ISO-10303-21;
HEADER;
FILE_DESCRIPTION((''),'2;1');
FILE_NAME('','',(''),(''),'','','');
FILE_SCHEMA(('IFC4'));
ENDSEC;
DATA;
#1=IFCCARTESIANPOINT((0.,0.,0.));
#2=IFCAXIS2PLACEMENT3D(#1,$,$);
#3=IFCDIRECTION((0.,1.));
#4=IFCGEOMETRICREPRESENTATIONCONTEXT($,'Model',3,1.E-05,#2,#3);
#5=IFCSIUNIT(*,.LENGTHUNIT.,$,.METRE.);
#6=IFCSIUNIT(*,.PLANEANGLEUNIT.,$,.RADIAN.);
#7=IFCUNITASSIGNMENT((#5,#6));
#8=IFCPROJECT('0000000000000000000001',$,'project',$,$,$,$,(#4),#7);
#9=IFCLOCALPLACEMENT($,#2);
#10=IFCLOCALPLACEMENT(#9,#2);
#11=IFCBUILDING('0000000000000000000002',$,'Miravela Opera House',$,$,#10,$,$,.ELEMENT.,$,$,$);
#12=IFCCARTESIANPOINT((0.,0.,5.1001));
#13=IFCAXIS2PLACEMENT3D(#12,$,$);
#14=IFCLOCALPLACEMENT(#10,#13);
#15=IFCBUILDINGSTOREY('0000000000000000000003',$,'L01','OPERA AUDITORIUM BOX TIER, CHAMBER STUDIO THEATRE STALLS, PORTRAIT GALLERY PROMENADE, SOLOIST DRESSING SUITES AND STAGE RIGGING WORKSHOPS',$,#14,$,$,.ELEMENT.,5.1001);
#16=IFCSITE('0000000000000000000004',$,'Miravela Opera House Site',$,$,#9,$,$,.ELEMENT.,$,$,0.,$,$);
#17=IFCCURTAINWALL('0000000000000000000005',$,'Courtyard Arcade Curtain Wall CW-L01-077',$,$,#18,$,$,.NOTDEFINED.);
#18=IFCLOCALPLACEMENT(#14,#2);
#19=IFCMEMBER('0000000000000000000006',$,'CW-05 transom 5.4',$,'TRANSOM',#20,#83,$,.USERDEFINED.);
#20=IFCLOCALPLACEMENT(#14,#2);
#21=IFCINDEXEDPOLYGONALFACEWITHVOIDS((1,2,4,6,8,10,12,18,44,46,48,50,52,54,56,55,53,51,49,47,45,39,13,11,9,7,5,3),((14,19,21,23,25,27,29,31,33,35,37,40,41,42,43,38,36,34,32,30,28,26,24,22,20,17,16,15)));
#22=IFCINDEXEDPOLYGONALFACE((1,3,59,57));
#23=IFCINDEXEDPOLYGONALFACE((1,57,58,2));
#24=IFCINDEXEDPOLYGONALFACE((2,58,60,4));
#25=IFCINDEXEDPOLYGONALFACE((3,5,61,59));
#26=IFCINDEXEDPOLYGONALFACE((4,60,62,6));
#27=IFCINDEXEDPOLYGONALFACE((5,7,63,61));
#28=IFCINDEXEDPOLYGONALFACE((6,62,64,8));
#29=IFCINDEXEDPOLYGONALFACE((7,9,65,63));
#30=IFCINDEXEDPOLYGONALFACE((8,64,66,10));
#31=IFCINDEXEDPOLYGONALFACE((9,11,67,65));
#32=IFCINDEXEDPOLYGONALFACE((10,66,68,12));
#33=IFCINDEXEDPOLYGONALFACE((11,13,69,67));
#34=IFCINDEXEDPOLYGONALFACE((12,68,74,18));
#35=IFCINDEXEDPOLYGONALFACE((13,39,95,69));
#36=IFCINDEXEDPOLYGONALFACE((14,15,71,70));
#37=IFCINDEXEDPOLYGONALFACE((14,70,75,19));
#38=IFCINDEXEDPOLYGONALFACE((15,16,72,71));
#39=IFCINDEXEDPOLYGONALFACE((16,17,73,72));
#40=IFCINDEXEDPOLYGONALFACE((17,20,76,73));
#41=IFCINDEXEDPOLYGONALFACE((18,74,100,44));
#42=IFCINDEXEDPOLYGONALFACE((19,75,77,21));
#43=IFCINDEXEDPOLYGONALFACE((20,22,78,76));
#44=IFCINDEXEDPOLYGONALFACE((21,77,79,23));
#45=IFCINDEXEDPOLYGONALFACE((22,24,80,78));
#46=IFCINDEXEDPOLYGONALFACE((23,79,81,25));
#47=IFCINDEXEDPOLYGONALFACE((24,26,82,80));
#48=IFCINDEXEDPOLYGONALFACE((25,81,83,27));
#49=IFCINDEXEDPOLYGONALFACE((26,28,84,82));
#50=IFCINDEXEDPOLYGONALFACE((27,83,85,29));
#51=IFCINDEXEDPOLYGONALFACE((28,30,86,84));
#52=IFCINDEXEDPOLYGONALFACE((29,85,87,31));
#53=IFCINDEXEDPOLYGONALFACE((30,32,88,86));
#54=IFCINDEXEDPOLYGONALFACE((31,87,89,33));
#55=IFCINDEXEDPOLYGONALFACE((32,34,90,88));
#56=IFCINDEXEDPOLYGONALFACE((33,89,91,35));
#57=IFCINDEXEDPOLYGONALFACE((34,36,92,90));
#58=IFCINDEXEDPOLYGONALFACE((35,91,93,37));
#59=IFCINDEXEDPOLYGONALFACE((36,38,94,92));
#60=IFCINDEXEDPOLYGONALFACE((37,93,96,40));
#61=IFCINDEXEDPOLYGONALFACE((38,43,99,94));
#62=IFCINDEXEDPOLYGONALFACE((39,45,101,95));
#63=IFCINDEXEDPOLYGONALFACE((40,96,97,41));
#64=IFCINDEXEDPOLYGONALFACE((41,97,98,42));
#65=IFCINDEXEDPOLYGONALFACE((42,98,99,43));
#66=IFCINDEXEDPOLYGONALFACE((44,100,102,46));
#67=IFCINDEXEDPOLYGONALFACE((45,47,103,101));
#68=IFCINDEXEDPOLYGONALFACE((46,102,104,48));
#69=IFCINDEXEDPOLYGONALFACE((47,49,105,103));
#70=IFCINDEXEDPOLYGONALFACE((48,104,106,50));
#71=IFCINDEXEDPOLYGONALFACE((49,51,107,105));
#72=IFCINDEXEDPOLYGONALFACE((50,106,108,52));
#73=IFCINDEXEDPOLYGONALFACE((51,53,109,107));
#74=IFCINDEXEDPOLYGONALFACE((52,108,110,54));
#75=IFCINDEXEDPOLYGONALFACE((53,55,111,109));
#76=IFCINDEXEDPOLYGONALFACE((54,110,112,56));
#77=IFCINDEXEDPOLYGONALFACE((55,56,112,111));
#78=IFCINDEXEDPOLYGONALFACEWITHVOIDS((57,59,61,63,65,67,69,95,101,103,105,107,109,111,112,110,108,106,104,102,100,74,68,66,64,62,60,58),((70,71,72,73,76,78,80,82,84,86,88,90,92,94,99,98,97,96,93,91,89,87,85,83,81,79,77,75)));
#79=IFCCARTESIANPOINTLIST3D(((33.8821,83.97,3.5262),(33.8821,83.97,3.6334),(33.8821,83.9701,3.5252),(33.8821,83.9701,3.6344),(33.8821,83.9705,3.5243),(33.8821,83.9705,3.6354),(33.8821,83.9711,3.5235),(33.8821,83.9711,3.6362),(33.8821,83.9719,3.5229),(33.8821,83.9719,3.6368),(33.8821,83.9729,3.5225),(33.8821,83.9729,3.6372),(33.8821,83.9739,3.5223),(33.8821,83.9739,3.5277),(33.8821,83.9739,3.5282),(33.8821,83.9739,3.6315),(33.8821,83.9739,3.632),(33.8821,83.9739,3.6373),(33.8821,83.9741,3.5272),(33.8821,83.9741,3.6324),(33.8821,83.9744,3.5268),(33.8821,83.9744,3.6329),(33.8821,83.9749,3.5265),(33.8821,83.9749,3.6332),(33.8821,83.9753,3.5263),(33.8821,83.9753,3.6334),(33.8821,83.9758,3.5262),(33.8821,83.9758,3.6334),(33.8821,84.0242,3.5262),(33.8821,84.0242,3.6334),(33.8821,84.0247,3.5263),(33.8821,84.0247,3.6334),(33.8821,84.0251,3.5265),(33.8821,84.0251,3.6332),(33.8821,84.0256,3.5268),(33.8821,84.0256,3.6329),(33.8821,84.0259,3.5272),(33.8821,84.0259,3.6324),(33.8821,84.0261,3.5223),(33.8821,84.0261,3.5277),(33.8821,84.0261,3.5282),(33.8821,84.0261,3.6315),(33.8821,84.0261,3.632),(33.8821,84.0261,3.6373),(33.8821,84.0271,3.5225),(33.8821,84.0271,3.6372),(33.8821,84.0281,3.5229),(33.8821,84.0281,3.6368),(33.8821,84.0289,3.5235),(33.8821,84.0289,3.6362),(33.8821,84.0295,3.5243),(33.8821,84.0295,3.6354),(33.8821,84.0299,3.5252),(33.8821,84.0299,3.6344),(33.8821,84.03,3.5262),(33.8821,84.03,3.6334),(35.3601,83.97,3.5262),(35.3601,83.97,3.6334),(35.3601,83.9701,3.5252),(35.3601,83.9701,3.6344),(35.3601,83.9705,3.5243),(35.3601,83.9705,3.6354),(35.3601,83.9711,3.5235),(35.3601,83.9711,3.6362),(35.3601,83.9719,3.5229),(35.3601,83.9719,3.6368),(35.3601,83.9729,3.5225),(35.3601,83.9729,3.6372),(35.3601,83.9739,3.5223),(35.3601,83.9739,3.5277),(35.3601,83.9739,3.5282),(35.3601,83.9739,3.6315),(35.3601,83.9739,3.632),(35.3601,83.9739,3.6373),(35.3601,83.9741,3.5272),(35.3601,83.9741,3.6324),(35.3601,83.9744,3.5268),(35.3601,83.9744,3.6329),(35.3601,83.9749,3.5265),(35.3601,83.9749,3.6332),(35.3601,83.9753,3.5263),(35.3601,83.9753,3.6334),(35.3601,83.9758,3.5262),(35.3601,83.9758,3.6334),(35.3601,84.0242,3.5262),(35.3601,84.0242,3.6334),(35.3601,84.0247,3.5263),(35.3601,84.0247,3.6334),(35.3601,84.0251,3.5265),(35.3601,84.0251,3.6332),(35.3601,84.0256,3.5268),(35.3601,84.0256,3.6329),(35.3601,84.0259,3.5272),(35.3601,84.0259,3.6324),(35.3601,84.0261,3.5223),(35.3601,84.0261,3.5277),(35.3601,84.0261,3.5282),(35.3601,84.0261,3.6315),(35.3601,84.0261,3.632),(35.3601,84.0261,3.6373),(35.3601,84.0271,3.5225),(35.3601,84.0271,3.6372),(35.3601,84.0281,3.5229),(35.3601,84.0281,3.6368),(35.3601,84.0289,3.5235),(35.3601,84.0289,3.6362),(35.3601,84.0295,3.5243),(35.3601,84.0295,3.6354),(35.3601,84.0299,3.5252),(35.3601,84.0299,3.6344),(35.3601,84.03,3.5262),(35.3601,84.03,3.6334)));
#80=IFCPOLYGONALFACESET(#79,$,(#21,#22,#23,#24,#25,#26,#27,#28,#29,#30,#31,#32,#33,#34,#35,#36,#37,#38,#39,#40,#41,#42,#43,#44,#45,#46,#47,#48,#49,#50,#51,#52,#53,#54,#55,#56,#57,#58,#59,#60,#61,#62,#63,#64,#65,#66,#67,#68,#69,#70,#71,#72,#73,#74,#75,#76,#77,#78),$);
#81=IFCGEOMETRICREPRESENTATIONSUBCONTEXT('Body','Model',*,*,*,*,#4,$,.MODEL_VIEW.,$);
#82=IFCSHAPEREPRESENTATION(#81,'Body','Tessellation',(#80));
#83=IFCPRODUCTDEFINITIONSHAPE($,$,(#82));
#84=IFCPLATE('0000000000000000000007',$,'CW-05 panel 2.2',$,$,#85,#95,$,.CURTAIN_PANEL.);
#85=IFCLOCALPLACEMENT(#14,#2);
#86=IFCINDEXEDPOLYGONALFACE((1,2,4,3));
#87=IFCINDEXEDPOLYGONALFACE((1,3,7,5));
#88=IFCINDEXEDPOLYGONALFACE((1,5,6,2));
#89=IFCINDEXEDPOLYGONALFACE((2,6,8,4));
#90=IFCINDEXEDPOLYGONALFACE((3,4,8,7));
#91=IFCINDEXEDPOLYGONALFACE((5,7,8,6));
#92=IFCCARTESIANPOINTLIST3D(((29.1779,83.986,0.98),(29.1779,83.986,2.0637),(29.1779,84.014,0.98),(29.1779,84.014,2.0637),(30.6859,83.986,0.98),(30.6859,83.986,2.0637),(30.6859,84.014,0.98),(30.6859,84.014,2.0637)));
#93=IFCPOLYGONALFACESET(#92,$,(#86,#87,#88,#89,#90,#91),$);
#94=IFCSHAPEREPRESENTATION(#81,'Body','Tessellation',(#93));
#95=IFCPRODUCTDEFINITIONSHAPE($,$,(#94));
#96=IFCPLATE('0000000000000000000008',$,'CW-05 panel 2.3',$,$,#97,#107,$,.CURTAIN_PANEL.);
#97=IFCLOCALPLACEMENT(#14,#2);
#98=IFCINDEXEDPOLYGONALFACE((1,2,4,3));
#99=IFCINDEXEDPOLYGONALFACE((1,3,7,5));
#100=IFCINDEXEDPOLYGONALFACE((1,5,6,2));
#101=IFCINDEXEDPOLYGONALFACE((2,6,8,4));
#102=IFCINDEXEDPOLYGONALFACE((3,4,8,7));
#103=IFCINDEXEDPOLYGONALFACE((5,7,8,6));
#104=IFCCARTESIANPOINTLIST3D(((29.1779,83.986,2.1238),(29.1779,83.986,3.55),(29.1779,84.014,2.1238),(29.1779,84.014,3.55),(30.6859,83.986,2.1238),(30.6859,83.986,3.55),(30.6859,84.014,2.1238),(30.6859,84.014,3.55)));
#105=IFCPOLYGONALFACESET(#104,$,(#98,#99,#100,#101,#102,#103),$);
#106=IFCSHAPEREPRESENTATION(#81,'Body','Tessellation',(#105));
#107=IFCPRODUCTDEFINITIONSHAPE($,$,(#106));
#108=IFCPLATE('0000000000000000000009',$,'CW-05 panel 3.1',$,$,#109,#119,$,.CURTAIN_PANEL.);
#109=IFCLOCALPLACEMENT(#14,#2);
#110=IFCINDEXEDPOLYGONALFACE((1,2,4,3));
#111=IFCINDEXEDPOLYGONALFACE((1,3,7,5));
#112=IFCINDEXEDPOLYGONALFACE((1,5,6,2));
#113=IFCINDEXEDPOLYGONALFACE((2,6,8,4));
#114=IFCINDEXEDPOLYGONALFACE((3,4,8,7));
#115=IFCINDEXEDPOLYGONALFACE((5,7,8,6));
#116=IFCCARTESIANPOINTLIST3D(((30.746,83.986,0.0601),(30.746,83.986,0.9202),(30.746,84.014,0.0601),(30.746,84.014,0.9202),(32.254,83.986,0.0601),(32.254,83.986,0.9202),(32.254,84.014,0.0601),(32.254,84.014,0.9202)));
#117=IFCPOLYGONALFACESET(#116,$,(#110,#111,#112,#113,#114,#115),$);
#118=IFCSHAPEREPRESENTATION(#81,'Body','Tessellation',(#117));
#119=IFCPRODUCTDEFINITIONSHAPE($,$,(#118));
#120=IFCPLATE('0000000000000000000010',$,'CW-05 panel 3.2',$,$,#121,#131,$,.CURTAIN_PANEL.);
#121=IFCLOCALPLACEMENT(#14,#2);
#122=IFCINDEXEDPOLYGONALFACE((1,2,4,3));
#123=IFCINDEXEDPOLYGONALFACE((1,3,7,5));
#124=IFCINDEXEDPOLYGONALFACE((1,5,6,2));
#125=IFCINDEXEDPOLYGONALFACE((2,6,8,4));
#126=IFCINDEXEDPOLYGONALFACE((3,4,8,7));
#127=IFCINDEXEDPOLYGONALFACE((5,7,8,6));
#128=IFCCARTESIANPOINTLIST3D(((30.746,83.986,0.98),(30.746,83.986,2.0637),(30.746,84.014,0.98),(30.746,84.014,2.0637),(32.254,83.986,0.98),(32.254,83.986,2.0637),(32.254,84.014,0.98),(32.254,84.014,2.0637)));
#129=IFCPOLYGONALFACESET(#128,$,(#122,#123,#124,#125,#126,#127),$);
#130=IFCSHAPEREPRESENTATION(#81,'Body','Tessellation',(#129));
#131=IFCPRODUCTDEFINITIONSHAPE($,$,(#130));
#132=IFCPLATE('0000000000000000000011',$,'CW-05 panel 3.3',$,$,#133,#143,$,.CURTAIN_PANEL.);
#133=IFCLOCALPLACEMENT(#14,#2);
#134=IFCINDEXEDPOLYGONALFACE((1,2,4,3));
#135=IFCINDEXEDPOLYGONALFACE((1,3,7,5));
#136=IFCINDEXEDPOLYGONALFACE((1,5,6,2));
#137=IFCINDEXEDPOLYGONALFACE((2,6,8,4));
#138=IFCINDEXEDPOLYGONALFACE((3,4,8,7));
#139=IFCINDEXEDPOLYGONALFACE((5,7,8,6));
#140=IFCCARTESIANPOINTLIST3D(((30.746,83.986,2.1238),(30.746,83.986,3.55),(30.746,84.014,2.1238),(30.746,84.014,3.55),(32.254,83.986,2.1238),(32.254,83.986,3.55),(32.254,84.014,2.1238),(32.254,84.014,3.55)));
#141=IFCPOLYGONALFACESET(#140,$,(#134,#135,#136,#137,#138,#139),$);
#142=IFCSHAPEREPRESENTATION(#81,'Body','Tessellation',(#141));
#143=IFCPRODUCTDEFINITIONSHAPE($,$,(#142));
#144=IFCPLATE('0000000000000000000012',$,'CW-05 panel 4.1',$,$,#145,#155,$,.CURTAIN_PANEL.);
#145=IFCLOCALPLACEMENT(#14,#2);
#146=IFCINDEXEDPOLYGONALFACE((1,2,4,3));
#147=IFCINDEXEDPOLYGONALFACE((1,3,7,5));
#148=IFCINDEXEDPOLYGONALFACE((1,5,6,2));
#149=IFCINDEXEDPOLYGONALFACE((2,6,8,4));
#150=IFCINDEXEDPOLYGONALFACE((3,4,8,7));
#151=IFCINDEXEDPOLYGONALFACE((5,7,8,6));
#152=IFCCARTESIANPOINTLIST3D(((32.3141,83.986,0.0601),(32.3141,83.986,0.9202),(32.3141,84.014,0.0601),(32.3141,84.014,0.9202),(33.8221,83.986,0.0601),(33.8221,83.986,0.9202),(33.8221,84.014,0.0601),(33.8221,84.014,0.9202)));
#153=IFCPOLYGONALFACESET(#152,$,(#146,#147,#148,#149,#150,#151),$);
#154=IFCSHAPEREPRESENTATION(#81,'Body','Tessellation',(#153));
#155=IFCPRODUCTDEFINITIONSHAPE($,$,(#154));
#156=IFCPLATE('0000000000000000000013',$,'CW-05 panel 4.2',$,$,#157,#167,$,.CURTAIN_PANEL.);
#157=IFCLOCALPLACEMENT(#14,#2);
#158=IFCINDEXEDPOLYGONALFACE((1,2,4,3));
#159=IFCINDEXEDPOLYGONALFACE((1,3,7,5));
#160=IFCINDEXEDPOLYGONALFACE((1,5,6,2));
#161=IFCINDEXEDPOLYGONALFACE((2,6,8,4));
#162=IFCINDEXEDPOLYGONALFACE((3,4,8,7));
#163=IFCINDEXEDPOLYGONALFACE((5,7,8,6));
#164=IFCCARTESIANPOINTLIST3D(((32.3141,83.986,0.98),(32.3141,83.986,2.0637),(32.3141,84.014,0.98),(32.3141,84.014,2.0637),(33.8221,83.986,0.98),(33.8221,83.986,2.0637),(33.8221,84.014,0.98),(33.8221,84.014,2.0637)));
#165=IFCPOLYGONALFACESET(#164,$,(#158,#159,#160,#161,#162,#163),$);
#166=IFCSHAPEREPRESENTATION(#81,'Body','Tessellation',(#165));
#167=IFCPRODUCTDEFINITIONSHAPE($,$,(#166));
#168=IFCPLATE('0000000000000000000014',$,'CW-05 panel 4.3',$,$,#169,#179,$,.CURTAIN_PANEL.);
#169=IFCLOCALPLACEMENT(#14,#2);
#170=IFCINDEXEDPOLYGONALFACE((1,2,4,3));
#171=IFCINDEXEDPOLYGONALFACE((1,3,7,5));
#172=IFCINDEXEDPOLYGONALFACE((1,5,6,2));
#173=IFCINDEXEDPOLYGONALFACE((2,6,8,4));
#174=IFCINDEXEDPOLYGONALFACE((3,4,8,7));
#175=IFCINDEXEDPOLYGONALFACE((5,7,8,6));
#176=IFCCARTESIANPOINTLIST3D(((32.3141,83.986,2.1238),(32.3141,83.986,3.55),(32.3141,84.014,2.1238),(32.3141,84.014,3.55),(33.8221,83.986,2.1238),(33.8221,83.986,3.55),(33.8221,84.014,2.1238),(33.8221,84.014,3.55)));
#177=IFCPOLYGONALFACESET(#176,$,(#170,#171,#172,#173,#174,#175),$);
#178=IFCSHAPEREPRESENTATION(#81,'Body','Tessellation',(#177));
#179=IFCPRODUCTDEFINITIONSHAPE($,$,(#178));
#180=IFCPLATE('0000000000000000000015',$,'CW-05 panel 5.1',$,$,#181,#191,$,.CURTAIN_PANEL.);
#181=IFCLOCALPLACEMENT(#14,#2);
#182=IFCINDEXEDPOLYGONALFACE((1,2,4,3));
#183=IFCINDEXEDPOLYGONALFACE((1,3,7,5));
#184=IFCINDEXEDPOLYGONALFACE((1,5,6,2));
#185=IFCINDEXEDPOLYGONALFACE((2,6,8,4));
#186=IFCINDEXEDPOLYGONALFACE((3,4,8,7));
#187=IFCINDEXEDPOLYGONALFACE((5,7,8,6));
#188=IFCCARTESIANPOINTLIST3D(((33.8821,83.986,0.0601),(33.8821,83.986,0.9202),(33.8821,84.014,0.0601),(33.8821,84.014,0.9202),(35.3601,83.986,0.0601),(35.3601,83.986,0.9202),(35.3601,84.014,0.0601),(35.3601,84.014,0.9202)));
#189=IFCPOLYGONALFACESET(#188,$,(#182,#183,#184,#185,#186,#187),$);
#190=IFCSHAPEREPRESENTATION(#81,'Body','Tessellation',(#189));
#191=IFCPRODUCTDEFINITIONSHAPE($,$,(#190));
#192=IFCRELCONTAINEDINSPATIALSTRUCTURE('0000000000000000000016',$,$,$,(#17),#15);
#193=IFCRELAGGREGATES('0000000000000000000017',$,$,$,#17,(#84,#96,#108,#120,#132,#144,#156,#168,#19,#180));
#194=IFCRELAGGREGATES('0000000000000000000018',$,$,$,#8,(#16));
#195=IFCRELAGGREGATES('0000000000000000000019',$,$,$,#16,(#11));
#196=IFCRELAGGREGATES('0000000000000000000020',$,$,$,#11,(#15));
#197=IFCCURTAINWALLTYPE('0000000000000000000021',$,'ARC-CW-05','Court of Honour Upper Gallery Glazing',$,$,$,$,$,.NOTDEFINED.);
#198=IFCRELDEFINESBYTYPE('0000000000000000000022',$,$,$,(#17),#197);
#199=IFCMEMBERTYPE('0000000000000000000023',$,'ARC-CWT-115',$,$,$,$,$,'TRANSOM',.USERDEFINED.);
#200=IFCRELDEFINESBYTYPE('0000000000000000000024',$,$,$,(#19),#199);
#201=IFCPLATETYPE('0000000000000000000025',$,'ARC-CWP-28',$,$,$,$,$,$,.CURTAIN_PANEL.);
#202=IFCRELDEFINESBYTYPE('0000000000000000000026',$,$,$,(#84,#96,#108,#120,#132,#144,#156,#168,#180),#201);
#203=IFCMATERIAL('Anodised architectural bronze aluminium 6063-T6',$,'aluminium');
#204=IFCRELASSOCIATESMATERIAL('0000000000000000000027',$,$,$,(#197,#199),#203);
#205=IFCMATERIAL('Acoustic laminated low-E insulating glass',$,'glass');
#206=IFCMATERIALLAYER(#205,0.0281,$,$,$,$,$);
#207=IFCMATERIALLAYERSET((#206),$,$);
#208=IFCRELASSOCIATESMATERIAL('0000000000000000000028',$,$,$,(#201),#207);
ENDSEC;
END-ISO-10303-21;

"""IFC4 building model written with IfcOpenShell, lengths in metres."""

from ifc_helpers import new_model, si_unit, direction, frame, origin, origin_2d, place, context, subcontext, project, spatial, rectangle, hollow_rectangle, extrude, material, layer, layer_set, material_profile, profile_set, type_object, element, aggregate, save


model = new_model("IFC4")

# Units and contexts
model_context = context("Model", 3, precision=1e-05, world=origin(), true_north=direction((0.0, 1.0)))
body_context = subcontext(model_context, "Body", "Model", "MODEL_VIEW")
ifc_project = project(units=[si_unit("LENGTHUNIT", "METRE"), si_unit("PLANEANGLEUNIT", "RADIAN")], contexts=[model_context])

# Site, building, storey
site_placement = place(None, origin())
site = spatial("IfcSite", under=ifc_project, at=site_placement, Name="Miravela Opera House Site", CompositionType="ELEMENT", RefElevation=0.0)
building_placement = place(site_placement, origin())
building = spatial("IfcBuilding", under=site, at=building_placement, Name="Miravela Opera House", CompositionType="ELEMENT")
storey_placement = place(building_placement, frame((0.0, 0.0, 5.1001)))
storey = spatial("IfcBuildingStorey", under=building, at=storey_placement, Name="L01", Description="OPERA AUDITORIUM BOX TIER, CHAMBER STUDIO THEATRE STALLS, PORTRAIT GALLERY PROMENADE, SOLOIST DRESSING SUITES AND STAGE RIGGING WORKSHOPS", CompositionType="ELEMENT", Elevation=5.1001)

# Curtain wall, member, plates
ifc_material_1 = material(Name="Anodised architectural bronze aluminium 6063-T6", Category="aluminium")
curtain_wall_type = type_object("IfcCurtainWallType", Name="ARC-CW-05", Description="Court of Honour Upper Gallery Glazing", PredefinedType="NOTDEFINED", material=ifc_material_1)
curtain_wall_placement = place(storey_placement, origin())
curtain_wall = element("IfcCurtainWall", 1, at=curtain_wall_placement, inside=storey, type_object=curtain_wall_type, Name="Courtyard Arcade Curtain Wall CW-L01-077", PredefinedType="NOTDEFINED")
ifc_material_profile_1 = material_profile(ifc_material_1, hollow_rectangle(XDim=0.0601, YDim=0.115, WallThickness=0.0039, InnerFilletRadius=0.002, OuterFilletRadius=0.0039, at=origin_2d()), Name="CWT-60X115")
ifc_profile_set_1 = profile_set([ifc_material_profile_1])
member_type_1 = type_object("IfcMemberType", Name="ARC-CWT-115", ElementType="TRANSOM", PredefinedType="USERDEFINED", material=ifc_profile_set_1)
member_1_placement = place(storey_placement, frame((33.8821, 84.0, 3.5798), z_axis=(1.0, 0.0, 0.0), x_axis=(0.0, 1.0, 0.0)))
member_1 = element("IfcMember", 2, at=member_1_placement, type_object=member_type_1, Name="CW-05 transom 5.4", ObjectType="TRANSOM", PredefinedType="USERDEFINED", context=body_context, shape_type="SweptSolid", body=[
    extrude(hollow_rectangle(XDim=0.0601, YDim=0.115, WallThickness=0.0039, InnerFilletRadius=0.002, OuterFilletRadius=0.0039, at=origin_2d()), origin(), (0.0, 0.0, 1.0), 1.478),
])
ifc_material_2 = material(Name="Acoustic laminated low-E insulating glass", Category="glass")
ifc_layer = layer(ifc_material_2, 0.0281)
ifc_layer_set = layer_set([ifc_layer])
plate_type = type_object("IfcPlateType", Name="ARC-CWP-28", PredefinedType="CURTAIN_PANEL", material=ifc_layer_set)
plate_1_placement = place(storey_placement, frame((29.9319, 84.0, 0.98), z_axis=(0.0, 0.0, 1.0), x_axis=(1.0, 0.0, 0.0)))
plate_1 = element("IfcPlate", 3, at=plate_1_placement, type_object=plate_type, Name="CW-05 panel 2.2", PredefinedType="CURTAIN_PANEL", context=body_context, shape_type="SweptSolid", body=[
    extrude(rectangle(XDim=1.5081, YDim=0.0281, at=origin_2d()), origin(), (0.0, 0.0, 1.0), 1.0837),
])
plate_2_placement = place(storey_placement, frame((29.9319, 84.0, 2.1238), z_axis=(0.0, 0.0, 1.0), x_axis=(1.0, 0.0, 0.0)))
plate_2 = element("IfcPlate", 4, at=plate_2_placement, type_object=plate_type, Name="CW-05 panel 2.3", PredefinedType="CURTAIN_PANEL", context=body_context, shape_type="SweptSolid", body=[
    extrude(rectangle(XDim=1.5081, YDim=0.0281, at=origin_2d()), origin(), (0.0, 0.0, 1.0), 1.4263),
])
plate_3_placement = place(storey_placement, frame((31.5, 84.0, 0.0601), z_axis=(0.0, 0.0, 1.0), x_axis=(1.0, 0.0, 0.0)))
plate_3 = element("IfcPlate", 5, at=plate_3_placement, type_object=plate_type, Name="CW-05 panel 3.1", PredefinedType="CURTAIN_PANEL", context=body_context, shape_type="SweptSolid", body=[
    extrude(rectangle(XDim=1.5081, YDim=0.0281, at=origin_2d()), origin(), (0.0, 0.0, 1.0), 0.8601),
])
plate_4_placement = place(storey_placement, frame((31.5, 84.0, 0.98), z_axis=(0.0, 0.0, 1.0), x_axis=(1.0, 0.0, 0.0)))
plate_4 = element("IfcPlate", 6, at=plate_4_placement, type_object=plate_type, Name="CW-05 panel 3.2", PredefinedType="CURTAIN_PANEL", context=body_context, shape_type="SweptSolid", body=[
    extrude(rectangle(XDim=1.5081, YDim=0.0281, at=origin_2d()), origin(), (0.0, 0.0, 1.0), 1.0837),
])
plate_5_placement = place(storey_placement, frame((31.5, 84.0, 2.1238), z_axis=(0.0, 0.0, 1.0), x_axis=(1.0, 0.0, 0.0)))
plate_5 = element("IfcPlate", 7, at=plate_5_placement, type_object=plate_type, Name="CW-05 panel 3.3", PredefinedType="CURTAIN_PANEL", context=body_context, shape_type="SweptSolid", body=[
    extrude(rectangle(XDim=1.5081, YDim=0.0281, at=origin_2d()), origin(), (0.0, 0.0, 1.0), 1.4263),
])
plate_6_placement = place(storey_placement, frame((33.0681, 84.0, 0.0601), z_axis=(0.0, 0.0, 1.0), x_axis=(1.0, 0.0, 0.0)))
plate_6 = element("IfcPlate", 8, at=plate_6_placement, type_object=plate_type, Name="CW-05 panel 4.1", PredefinedType="CURTAIN_PANEL", context=body_context, shape_type="SweptSolid", body=[
    extrude(rectangle(XDim=1.5081, YDim=0.0281, at=origin_2d()), origin(), (0.0, 0.0, 1.0), 0.8601),
])
plate_7_placement = place(storey_placement, frame((33.0681, 84.0, 0.98), z_axis=(0.0, 0.0, 1.0), x_axis=(1.0, 0.0, 0.0)))
plate_7 = element("IfcPlate", 9, at=plate_7_placement, type_object=plate_type, Name="CW-05 panel 4.2", PredefinedType="CURTAIN_PANEL", context=body_context, shape_type="SweptSolid", body=[
    extrude(rectangle(XDim=1.5081, YDim=0.0281, at=origin_2d()), origin(), (0.0, 0.0, 1.0), 1.0837),
])
plate_8_placement = place(storey_placement, frame((33.0681, 84.0, 2.1238), z_axis=(0.0, 0.0, 1.0), x_axis=(1.0, 0.0, 0.0)))
plate_8 = element("IfcPlate", 10, at=plate_8_placement, type_object=plate_type, Name="CW-05 panel 4.3", PredefinedType="CURTAIN_PANEL", context=body_context, shape_type="SweptSolid", body=[
    extrude(rectangle(XDim=1.5081, YDim=0.0281, at=origin_2d()), origin(), (0.0, 0.0, 1.0), 1.4263),
])
plate_9_placement = place(storey_placement, frame((34.6211, 84.0, 0.0601), z_axis=(0.0, 0.0, 1.0), x_axis=(1.0, 0.0, 0.0)))
plate_9 = element("IfcPlate", 11, at=plate_9_placement, type_object=plate_type, Name="CW-05 panel 5.1", PredefinedType="CURTAIN_PANEL", context=body_context, shape_type="SweptSolid", body=[
    extrude(rectangle(XDim=1.478, YDim=0.0281, at=origin_2d()), origin(), (0.0, 0.0, 1.0), 0.8601),
])
aggregate(curtain_wall, [plate_1, plate_2, plate_3, plate_4, plate_5, plate_6, plate_7, plate_8, member_1, plate_9])

save(model, "model.ifc")
